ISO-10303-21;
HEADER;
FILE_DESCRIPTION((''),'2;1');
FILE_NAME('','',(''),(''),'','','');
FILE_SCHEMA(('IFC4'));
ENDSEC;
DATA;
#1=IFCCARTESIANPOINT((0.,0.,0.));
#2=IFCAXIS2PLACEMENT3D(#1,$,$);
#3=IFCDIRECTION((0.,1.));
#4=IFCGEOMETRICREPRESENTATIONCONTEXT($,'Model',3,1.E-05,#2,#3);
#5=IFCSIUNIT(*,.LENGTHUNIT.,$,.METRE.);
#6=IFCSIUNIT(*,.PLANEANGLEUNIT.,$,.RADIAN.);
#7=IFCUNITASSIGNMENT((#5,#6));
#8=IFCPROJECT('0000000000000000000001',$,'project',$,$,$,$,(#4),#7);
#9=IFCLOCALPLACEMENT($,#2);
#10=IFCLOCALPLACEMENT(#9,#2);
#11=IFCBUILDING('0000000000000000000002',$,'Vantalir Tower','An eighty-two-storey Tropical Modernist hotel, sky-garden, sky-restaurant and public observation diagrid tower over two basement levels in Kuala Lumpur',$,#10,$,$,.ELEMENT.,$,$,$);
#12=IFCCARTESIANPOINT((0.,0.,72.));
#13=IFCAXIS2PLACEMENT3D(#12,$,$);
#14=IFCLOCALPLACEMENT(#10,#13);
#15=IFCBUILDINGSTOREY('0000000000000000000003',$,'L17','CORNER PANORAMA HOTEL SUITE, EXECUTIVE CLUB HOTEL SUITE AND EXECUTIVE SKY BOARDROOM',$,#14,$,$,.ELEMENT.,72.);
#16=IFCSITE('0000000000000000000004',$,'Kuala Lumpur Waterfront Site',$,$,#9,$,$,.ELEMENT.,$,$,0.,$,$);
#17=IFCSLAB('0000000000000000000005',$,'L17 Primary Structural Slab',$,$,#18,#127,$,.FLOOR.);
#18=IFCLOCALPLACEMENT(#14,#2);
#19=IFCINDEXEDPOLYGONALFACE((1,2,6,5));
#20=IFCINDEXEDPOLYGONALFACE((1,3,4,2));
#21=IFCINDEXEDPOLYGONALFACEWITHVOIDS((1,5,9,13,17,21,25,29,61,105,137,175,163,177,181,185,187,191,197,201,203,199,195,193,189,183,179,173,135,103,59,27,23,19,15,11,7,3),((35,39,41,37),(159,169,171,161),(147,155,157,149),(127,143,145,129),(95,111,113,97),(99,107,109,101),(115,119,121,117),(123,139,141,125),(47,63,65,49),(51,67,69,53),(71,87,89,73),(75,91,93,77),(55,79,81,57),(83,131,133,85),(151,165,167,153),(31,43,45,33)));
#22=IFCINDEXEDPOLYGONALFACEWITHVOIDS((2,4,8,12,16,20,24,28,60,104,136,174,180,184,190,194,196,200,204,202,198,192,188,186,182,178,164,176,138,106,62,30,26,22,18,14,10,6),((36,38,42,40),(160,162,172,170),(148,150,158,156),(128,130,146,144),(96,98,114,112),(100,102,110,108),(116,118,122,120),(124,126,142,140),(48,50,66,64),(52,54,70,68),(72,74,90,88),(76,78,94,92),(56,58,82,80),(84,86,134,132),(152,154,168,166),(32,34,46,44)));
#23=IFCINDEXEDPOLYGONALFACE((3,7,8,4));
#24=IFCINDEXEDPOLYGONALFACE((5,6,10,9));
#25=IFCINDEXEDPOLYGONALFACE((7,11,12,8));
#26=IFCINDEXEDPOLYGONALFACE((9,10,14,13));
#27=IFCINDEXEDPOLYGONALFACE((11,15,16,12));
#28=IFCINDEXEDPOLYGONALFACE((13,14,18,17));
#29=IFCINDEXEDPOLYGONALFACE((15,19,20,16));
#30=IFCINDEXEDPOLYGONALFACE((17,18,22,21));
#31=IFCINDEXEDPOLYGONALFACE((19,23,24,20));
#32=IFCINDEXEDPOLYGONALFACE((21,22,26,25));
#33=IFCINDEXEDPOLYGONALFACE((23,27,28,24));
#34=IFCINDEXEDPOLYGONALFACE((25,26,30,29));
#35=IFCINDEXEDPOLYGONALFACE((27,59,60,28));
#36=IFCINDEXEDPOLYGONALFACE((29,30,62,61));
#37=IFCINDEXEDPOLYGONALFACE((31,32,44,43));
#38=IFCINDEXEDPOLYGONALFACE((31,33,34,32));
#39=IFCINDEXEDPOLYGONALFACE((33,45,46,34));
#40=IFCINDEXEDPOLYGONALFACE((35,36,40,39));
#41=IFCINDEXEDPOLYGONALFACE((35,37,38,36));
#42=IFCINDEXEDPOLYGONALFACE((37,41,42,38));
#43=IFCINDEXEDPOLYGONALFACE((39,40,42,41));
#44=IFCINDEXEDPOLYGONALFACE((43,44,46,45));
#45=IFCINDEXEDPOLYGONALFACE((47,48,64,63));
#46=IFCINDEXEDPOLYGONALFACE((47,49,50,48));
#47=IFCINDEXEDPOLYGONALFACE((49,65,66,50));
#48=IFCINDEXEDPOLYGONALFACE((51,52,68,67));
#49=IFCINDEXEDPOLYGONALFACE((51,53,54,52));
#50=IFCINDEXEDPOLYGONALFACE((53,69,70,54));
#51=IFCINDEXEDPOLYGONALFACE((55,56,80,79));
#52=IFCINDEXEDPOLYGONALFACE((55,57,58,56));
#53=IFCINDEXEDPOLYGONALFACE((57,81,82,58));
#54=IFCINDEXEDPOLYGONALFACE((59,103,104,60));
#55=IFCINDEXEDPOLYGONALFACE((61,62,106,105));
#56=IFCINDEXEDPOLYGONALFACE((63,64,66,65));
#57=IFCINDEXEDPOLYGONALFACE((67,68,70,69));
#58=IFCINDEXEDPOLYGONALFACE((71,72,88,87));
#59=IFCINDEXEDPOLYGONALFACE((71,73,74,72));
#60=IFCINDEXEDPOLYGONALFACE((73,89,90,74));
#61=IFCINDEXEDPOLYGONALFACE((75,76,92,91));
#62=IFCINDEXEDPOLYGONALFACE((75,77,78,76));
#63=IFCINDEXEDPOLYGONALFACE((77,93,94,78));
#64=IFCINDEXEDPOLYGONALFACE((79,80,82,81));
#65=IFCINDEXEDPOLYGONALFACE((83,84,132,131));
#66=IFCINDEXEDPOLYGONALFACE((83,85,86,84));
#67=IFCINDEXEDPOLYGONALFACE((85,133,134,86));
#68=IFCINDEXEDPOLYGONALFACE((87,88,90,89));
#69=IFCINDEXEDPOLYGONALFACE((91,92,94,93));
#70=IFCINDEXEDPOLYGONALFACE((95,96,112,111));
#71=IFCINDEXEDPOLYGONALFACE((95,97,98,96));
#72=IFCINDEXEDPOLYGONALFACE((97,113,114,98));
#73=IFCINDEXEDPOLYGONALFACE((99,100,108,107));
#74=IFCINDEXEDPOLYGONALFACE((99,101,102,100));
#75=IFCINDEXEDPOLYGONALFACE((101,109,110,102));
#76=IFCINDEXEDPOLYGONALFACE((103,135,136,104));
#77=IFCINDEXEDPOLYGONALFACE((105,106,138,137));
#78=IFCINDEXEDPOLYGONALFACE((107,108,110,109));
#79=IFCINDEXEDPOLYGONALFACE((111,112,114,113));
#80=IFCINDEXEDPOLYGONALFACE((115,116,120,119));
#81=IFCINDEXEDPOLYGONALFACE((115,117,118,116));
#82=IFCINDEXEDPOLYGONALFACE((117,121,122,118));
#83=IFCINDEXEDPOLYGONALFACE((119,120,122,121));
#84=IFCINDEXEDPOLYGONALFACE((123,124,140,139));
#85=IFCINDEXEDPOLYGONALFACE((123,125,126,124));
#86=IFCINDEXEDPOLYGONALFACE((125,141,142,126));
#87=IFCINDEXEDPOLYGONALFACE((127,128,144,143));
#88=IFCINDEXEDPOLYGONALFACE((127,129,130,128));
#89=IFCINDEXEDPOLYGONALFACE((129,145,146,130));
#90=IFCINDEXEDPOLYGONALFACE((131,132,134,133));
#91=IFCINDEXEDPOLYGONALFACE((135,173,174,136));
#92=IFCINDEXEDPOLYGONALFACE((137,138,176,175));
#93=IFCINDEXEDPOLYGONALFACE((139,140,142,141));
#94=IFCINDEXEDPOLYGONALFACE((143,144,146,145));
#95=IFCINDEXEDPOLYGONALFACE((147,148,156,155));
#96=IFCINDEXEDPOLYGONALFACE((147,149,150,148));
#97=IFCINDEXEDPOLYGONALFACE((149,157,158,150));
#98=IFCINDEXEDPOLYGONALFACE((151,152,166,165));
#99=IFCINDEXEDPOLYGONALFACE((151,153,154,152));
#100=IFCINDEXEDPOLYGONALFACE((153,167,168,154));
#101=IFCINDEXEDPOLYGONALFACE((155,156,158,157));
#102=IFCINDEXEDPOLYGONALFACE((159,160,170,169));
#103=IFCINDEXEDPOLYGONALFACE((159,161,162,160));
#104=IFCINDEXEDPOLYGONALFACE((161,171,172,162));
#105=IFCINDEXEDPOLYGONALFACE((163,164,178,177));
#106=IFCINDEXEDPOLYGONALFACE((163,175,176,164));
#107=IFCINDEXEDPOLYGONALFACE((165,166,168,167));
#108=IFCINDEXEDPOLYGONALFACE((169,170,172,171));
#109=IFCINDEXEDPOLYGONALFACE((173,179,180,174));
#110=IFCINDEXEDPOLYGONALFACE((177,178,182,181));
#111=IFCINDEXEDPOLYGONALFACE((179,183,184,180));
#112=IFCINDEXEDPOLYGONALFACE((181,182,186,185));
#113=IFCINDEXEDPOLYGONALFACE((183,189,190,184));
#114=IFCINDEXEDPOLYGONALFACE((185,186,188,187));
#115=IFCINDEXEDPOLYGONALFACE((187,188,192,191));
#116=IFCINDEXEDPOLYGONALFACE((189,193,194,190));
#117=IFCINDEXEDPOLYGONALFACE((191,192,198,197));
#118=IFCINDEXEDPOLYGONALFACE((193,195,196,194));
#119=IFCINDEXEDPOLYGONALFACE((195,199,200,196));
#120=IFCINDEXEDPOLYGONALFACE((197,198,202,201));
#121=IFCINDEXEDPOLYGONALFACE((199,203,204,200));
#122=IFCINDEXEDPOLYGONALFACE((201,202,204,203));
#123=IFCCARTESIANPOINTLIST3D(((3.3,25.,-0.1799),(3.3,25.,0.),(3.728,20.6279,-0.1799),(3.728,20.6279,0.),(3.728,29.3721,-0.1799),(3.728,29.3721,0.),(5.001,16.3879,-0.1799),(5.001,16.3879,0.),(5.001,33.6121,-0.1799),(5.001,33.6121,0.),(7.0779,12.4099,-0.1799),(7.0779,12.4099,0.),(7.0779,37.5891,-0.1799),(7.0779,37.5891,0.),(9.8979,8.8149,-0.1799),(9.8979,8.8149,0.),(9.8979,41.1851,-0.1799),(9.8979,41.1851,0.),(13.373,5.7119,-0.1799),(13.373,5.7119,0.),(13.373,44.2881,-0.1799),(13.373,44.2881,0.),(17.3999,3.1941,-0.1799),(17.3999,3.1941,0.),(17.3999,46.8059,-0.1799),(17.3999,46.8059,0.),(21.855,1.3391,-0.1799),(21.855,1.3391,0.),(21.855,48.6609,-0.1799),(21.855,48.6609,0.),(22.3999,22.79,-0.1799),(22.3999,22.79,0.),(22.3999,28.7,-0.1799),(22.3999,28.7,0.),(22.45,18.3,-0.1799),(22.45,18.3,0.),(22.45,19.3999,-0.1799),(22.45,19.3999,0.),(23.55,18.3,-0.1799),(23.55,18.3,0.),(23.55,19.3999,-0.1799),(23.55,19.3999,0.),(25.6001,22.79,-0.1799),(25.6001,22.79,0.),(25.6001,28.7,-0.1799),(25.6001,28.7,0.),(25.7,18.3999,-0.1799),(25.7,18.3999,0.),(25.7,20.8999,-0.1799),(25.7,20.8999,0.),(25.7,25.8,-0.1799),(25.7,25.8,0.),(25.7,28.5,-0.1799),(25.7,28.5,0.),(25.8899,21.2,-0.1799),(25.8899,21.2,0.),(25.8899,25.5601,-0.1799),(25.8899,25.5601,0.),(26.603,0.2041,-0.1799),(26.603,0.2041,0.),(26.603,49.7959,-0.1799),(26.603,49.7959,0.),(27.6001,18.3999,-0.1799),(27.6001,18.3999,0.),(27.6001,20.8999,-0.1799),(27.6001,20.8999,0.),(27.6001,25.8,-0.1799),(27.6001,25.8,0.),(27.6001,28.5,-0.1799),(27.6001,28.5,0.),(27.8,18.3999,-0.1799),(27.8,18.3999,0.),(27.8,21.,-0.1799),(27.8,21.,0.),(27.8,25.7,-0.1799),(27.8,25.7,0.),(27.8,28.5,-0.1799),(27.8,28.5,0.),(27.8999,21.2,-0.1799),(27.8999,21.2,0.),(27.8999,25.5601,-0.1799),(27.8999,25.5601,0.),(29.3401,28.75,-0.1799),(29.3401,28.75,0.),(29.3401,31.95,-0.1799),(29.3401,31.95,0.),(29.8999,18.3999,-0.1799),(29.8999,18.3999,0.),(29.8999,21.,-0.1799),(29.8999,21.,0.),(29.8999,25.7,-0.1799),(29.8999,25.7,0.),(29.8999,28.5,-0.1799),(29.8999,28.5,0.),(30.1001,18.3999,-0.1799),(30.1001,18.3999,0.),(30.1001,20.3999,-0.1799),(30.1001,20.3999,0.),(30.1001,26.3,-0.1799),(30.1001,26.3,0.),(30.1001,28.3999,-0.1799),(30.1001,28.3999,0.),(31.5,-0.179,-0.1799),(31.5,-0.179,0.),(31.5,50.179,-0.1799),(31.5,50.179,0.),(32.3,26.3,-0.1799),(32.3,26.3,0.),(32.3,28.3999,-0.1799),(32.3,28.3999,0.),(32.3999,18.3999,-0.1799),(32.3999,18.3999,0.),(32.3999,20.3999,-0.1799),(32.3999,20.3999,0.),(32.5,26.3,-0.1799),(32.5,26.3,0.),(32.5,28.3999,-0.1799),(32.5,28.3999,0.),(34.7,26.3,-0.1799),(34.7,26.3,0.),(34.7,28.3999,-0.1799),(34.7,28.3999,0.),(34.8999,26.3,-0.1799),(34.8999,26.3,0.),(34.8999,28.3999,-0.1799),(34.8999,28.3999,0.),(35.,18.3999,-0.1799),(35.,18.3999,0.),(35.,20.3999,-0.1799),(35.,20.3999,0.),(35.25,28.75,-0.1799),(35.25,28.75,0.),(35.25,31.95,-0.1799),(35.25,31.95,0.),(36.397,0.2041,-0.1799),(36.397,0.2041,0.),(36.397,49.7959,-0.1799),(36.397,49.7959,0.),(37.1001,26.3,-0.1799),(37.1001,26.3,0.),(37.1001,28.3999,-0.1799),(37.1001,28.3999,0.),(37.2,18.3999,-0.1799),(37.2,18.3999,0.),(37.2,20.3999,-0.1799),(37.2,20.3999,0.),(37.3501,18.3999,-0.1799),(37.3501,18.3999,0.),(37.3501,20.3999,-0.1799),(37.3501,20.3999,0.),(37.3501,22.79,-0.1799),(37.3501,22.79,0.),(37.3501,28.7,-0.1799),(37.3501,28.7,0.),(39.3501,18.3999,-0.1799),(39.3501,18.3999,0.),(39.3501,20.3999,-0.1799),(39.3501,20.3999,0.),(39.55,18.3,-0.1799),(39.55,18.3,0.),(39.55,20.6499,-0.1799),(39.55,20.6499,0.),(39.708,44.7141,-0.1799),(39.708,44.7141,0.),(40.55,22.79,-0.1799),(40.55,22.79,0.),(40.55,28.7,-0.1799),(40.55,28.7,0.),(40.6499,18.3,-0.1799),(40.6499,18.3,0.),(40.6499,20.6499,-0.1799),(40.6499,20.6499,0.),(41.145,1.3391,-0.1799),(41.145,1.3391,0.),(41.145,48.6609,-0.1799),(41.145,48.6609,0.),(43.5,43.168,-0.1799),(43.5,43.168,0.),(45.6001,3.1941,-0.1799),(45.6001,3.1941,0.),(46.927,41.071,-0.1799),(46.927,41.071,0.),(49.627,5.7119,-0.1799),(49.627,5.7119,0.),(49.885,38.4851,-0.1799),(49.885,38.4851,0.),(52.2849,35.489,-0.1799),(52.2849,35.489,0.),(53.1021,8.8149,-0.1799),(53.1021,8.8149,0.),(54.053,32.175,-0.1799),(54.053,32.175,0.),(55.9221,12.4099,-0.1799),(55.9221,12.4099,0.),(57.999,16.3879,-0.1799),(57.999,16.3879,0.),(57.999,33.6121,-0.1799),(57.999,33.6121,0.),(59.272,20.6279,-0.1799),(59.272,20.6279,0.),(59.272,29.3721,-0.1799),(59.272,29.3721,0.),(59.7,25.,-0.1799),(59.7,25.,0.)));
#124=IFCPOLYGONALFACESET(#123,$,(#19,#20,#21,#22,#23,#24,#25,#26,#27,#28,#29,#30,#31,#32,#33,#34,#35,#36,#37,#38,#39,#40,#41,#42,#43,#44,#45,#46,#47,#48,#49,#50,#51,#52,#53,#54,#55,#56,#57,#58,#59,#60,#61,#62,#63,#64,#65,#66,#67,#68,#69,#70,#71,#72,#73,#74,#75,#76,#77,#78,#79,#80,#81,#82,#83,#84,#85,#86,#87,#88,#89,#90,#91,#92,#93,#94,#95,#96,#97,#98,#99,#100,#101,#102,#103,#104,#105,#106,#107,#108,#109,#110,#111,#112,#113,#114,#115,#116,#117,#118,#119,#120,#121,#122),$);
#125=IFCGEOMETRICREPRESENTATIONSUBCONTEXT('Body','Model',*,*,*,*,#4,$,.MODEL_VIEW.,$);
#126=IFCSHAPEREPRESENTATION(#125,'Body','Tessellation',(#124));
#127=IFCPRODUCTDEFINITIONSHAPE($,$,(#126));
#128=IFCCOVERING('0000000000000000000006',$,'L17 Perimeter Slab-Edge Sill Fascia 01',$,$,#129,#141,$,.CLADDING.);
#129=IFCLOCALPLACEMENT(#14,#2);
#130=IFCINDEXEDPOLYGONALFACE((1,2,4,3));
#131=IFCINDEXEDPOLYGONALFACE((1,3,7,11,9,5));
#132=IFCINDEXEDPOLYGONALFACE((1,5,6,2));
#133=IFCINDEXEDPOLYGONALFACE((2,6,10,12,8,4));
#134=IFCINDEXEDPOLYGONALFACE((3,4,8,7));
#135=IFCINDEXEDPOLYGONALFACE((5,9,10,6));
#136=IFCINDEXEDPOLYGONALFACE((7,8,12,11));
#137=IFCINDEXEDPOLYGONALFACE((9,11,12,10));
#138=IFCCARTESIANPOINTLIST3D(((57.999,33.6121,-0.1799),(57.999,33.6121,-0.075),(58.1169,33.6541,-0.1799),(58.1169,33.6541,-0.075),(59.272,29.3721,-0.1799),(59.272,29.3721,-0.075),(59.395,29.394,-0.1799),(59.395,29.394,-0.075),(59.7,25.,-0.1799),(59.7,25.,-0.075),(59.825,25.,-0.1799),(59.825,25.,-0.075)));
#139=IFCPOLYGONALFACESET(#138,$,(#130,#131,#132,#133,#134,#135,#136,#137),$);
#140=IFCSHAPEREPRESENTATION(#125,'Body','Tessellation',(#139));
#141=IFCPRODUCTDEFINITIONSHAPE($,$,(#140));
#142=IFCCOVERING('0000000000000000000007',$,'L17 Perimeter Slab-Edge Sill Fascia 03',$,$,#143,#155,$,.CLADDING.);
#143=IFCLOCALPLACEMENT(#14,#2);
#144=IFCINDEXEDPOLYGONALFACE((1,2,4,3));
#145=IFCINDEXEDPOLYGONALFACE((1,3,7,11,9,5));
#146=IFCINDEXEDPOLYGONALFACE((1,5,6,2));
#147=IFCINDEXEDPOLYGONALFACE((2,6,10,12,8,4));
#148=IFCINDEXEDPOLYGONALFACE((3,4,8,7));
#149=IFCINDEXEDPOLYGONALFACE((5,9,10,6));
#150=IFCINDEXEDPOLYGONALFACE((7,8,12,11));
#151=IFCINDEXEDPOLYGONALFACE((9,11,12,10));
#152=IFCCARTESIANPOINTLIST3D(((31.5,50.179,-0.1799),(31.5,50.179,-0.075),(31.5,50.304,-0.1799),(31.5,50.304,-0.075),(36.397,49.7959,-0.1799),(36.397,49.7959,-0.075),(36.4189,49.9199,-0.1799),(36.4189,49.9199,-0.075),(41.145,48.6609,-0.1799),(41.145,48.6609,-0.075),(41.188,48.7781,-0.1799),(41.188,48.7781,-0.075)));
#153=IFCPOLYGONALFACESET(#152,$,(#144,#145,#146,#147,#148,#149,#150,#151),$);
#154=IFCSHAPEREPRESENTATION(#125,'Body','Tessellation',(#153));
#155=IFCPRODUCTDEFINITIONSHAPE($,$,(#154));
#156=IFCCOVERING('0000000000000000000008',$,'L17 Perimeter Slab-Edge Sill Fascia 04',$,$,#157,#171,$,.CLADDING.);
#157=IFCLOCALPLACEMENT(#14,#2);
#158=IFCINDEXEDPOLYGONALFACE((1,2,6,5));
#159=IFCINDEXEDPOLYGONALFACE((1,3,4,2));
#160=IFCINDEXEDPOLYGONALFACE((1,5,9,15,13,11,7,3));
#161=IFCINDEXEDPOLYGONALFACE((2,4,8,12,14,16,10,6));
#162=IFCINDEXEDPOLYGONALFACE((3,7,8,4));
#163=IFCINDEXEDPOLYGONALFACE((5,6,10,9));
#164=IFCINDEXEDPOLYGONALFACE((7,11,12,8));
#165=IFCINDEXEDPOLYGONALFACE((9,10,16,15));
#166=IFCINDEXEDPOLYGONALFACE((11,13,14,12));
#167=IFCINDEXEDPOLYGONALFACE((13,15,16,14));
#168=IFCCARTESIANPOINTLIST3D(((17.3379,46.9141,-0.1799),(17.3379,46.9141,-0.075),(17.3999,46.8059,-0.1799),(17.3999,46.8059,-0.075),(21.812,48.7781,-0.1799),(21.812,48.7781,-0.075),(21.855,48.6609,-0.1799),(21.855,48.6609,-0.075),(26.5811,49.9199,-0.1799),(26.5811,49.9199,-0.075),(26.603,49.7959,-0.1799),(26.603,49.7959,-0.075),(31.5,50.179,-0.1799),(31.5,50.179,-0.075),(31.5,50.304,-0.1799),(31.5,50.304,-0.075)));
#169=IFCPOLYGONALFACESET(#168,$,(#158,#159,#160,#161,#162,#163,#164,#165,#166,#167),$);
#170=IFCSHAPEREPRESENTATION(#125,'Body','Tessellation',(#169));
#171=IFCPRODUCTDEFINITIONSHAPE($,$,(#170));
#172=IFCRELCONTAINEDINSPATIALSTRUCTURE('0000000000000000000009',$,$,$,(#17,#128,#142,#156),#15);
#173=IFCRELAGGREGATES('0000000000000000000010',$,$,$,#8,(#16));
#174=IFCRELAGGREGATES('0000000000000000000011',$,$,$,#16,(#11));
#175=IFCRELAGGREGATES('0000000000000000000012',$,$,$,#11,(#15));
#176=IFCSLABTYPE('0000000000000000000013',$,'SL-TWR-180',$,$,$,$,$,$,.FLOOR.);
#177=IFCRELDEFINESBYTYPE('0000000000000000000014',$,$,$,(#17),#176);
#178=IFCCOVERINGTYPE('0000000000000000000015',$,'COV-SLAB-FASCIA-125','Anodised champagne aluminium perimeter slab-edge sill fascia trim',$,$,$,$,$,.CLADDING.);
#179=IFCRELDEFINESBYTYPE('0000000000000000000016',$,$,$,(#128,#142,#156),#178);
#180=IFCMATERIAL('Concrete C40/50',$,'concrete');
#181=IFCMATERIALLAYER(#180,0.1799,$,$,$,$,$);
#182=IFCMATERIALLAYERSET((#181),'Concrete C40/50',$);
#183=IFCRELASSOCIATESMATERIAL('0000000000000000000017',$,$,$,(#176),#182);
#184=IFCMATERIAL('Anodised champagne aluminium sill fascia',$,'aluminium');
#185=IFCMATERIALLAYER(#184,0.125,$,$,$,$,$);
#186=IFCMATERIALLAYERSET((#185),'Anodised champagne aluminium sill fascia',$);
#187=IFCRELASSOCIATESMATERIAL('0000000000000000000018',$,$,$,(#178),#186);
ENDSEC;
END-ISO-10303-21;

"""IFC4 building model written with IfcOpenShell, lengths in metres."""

from ifc_helpers import new_model, si_unit, direction, frame, origin, place, context, subcontext, project, spatial, polyline, outline, extrude, material, layer, layer_set, type_object, element, save


model = new_model("IFC4")

# Units and contexts
model_context = context("Model", 3, precision=1e-05, world=origin(), true_north=direction((0.0, 1.0)))
body_context = subcontext(model_context, "Body", "Model", "MODEL_VIEW")
ifc_project = project(units=[si_unit("LENGTHUNIT", "METRE"), si_unit("PLANEANGLEUNIT", "RADIAN")], contexts=[model_context])

# Site, building, storey
site_placement = place(None, origin())
site = spatial("IfcSite", under=ifc_project, at=site_placement, Name="Kuala Lumpur Waterfront Site", CompositionType="ELEMENT", RefElevation=0.0)
building_placement = place(site_placement, origin())
building = spatial("IfcBuilding", under=site, at=building_placement, Name="Vantalir Tower", Description="An eighty-two-storey Tropical Modernist hotel, sky-garden, sky-restaurant and public observation diagrid tower over two basement levels in Kuala Lumpur", CompositionType="ELEMENT")
storey_placement = place(building_placement, frame((0.0, 0.0, 72.0)))
storey = spatial("IfcBuildingStorey", under=building, at=storey_placement, Name="L17", Description="CORNER PANORAMA HOTEL SUITE, EXECUTIVE CLUB HOTEL SUITE AND EXECUTIVE SKY BOARDROOM", CompositionType="ELEMENT", Elevation=72.0)

# Shared definitions
ifc_material_1 = material(Name="Concrete C40/50", Category="concrete")

# Slab
ifc_layer_1 = layer(ifc_material_1, 0.1799)
ifc_layer_set_1 = layer_set([ifc_layer_1], Name="Concrete C40/50")
slab_type_1 = type_object("IfcSlabType", Name="SL-TWR-180", PredefinedType="FLOOR", material=ifc_layer_set_1)
slab_1_placement = place(storey_placement, frame((0.0, 0.0, -0.1799)))
element("IfcSlab", 1, at=slab_1_placement, inside=storey, type_object=slab_type_1, Name="L17 Primary Structural Slab", PredefinedType="FLOOR", context=body_context, shape_type="SweptSolid", body=[
    extrude(outline(polyline([(7.0779, 12.4099), (9.8979, 8.8149), (13.373, 5.7119), (17.3999, 3.1941), (21.855, 1.3391), (26.603, 0.2041), (31.5, -0.179), (36.397, 0.2041), (41.145, 1.3391), (45.6001, 3.1941), (49.627, 5.7119), (53.1021, 8.8149), (55.9221, 12.4099), (57.999, 16.3879), (59.272, 20.6279), (59.7, 25.0), (59.272, 29.3721), (57.999, 33.6121), (54.053, 32.175), (52.2849, 35.489), (49.885, 38.4851), (46.927, 41.071), (43.5, 43.168), (39.708, 44.7141), (41.145, 48.6609), (36.397, 49.7959), (31.5, 50.179), (26.603, 49.7959), (21.855, 48.6609), (17.3999, 46.8059), (13.373, 44.2881), (9.8979, 41.1851), (7.0779, 37.5891), (5.001, 33.6121), (3.728, 29.3721), (3.3, 25.0), (3.728, 20.6279), (5.001, 16.3879), (7.0779, 12.4099)]), holes=[polyline([(22.3999, 22.79), (22.3999, 28.7), (25.6001, 28.7), (25.6001, 22.79), (22.3999, 22.79)]), polyline([(37.3501, 28.7), (40.55, 28.7), (40.55, 22.79), (37.3501, 22.79), (37.3501, 28.7)]), polyline([(35.25, 28.75), (29.3401, 28.75), (29.3401, 31.95), (35.25, 31.95), (35.25, 28.75)]), polyline([(27.6001, 18.3999), (25.7, 18.3999), (25.7, 20.8999), (27.6001, 20.8999), (27.6001, 18.3999)]), polyline([(25.7, 25.8), (25.7, 28.5), (27.6001, 28.5), (27.6001, 25.8), (25.7, 25.8)]), polyline([(27.8, 21.0), (29.8999, 21.0), (29.8999, 18.3999), (27.8, 18.3999), (27.8, 21.0)]), polyline([(29.8999, 28.5), (29.8999, 25.7), (27.8, 25.7), (27.8, 28.5), (29.8999, 28.5)]), polyline([(32.3999, 18.3999), (30.1001, 18.3999), (30.1001, 20.3999), (32.3999, 20.3999), (32.3999, 18.3999)]), polyline([(37.3501, 18.3999), (37.3501, 20.3999), (39.3501, 20.3999), (39.3501, 18.3999), (37.3501, 18.3999)]), polyline([(35.0, 20.3999), (37.2, 20.3999), (37.2, 18.3999), (35.0, 18.3999), (35.0, 20.3999)]), polyline([(32.3, 28.3999), (32.3, 26.3), (30.1001, 26.3), (30.1001, 28.3999), (32.3, 28.3999)]), polyline([(34.7, 26.3), (32.5, 26.3), (32.5, 28.3999), (34.7, 28.3999), (34.7, 26.3)]), polyline([(34.8999, 26.3), (34.8999, 28.3999), (37.1001, 28.3999), (37.1001, 26.3), (34.8999, 26.3)]), polyline([(25.8899, 25.5601), (27.8999, 25.5601), (27.8999, 21.2), (25.8899, 21.2), (25.8899, 25.5601)]), polyline([(23.55, 19.3999), (23.55, 18.3), (22.45, 18.3), (22.45, 19.3999), (23.55, 19.3999)]), polyline([(40.6499, 18.3), (39.55, 18.3), (39.55, 20.6499), (40.6499, 20.6499), (40.6499, 18.3)])]), origin(), (0.0, 0.0, 1.0), 0.1799),
])

# Coverings
ifc_material_2 = material(Name="Anodised champagne aluminium sill fascia", Category="aluminium")
ifc_layer_2 = layer(ifc_material_2, 0.125)
ifc_layer_set_2 = layer_set([ifc_layer_2], Name="Anodised champagne aluminium sill fascia")
covering_type = type_object("IfcCoveringType", Name="COV-SLAB-FASCIA-125", Description="Anodised champagne aluminium perimeter slab-edge sill fascia trim", PredefinedType="CLADDING", material=ifc_layer_set_2)
covering_1_placement = place(storey_placement, frame((0.0, 0.0, -0.1799)))
element("IfcCovering", 2, at=covering_1_placement, inside=storey, type_object=covering_type, Name="L17 Perimeter Slab-Edge Sill Fascia 01", PredefinedType="CLADDING", context=body_context, shape_type="SweptSolid", body=[
    extrude(outline(polyline([(59.825, 25.0), (59.395, 29.394), (58.1169, 33.6541), (57.999, 33.6121), (59.272, 29.3721), (59.7, 25.0), (59.825, 25.0)])), origin(), (0.0, 0.0, 1.0), 0.105),
])
covering_2_placement = place(storey_placement, frame((0.0, 0.0, -0.1799)))
element("IfcCovering", 3, at=covering_2_placement, inside=storey, type_object=covering_type, Name="L17 Perimeter Slab-Edge Sill Fascia 03", PredefinedType="CLADDING", context=body_context, shape_type="SweptSolid", body=[
    extrude(outline(polyline([(41.188, 48.7781), (36.4189, 49.9199), (31.5, 50.304), (31.5, 50.179), (36.397, 49.7959), (41.145, 48.6609), (41.188, 48.7781)])), origin(), (0.0, 0.0, 1.0), 0.105),
])
covering_3_placement = place(storey_placement, frame((0.0, 0.0, -0.1799)))
element("IfcCovering", 4, at=covering_3_placement, inside=storey, type_object=covering_type, Name="L17 Perimeter Slab-Edge Sill Fascia 04", PredefinedType="CLADDING", context=body_context, shape_type="SweptSolid", body=[
    extrude(outline(polyline([(31.5, 50.304), (26.5811, 49.9199), (21.812, 48.7781), (17.3379, 46.9141), (17.3999, 46.8059), (21.855, 48.6609), (26.603, 49.7959), (31.5, 50.179), (31.5, 50.304)])), origin(), (0.0, 0.0, 1.0), 0.105),
])

save(model, "model.ifc")
